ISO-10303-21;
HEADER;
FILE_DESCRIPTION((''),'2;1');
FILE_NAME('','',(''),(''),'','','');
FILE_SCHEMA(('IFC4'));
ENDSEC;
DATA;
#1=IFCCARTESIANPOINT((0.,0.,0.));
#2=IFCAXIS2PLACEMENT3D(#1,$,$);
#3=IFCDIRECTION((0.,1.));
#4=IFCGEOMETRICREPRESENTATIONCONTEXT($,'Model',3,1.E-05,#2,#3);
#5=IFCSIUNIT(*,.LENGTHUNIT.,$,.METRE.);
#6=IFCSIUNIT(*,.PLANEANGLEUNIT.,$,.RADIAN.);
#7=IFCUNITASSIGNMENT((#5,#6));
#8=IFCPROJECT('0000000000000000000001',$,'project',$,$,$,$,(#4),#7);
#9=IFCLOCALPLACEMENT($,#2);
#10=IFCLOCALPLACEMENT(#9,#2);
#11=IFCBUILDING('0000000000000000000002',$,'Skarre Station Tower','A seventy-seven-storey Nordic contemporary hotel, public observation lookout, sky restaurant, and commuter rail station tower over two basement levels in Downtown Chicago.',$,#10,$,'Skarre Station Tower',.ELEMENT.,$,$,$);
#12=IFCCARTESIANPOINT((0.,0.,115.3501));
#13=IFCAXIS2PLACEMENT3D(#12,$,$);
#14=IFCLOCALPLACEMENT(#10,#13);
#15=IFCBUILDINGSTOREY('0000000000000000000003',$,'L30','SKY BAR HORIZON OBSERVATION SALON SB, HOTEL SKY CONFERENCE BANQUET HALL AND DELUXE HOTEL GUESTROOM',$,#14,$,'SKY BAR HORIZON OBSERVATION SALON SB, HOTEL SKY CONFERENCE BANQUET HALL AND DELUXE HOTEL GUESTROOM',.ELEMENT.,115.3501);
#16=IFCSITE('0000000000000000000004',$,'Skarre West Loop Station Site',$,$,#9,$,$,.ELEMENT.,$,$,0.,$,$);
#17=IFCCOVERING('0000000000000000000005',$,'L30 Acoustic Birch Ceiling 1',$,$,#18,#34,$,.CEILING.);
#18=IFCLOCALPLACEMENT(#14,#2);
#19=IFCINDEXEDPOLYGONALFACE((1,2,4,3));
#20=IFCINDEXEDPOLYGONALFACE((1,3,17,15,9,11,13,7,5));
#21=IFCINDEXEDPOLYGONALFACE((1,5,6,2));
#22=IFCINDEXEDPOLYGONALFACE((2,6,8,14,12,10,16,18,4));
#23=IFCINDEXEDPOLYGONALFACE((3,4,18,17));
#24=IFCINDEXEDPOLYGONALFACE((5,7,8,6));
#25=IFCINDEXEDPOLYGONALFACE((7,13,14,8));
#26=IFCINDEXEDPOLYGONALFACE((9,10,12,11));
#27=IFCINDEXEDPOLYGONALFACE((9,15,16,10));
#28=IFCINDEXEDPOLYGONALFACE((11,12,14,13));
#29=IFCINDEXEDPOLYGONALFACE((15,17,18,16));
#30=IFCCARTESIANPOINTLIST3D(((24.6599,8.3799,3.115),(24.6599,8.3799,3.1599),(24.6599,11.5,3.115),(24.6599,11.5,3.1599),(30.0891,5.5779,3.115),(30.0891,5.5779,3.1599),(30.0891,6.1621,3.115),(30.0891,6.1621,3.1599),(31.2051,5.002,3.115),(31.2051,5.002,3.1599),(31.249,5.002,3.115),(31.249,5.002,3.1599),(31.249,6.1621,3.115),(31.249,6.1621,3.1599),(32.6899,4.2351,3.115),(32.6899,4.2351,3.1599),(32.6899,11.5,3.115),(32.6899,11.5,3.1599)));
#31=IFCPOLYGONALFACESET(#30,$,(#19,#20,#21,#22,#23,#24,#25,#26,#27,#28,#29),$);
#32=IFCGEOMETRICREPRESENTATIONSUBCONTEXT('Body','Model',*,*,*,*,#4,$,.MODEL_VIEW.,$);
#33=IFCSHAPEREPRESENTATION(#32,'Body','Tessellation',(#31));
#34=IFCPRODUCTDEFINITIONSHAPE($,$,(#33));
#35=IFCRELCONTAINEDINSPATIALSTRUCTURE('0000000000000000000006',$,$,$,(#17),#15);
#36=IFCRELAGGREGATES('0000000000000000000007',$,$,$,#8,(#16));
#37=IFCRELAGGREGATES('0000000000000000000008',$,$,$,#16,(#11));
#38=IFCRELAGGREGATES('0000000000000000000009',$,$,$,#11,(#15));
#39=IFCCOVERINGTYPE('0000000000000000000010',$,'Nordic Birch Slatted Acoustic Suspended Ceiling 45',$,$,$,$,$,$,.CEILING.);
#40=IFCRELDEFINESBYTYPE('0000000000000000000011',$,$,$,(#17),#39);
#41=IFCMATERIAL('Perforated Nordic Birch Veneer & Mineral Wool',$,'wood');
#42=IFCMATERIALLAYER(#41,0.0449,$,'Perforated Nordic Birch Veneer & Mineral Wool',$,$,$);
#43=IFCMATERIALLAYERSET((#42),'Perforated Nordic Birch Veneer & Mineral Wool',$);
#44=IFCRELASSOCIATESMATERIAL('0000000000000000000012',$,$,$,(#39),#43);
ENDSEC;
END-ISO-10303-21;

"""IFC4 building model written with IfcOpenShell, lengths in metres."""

from ifc_helpers import new_model, si_unit, direction, frame, origin, place, context, subcontext, project, spatial, polyline, outline, extrude, material, layer, layer_set, type_object, element, save


model = new_model("IFC4")

# Units and contexts
model_context = context("Model", 3, precision=1e-05, world=origin(), true_north=direction((0.0, 1.0)))
body_context = subcontext(model_context, "Body", "Model", "MODEL_VIEW")
ifc_project = project(units=[si_unit("LENGTHUNIT", "METRE"), si_unit("PLANEANGLEUNIT", "RADIAN")], contexts=[model_context])

# Site, building, storey
site_placement = place(None, origin())
site = spatial("IfcSite", under=ifc_project, at=site_placement, Name="Skarre West Loop Station Site", CompositionType="ELEMENT", RefElevation=0.0)
building_placement = place(site_placement, origin())
building = spatial("IfcBuilding", under=site, at=building_placement, Name="Skarre Station Tower", Description="A seventy-seven-storey Nordic contemporary hotel, public observation lookout, sky restaurant, and commuter rail station tower over two basement levels in Downtown Chicago.", LongName="Skarre Station Tower", CompositionType="ELEMENT")
storey_placement = place(building_placement, frame((0.0, 0.0, 115.3501)))
storey = spatial("IfcBuildingStorey", under=building, at=storey_placement, Name="L30", Description="SKY BAR HORIZON OBSERVATION SALON SB, HOTEL SKY CONFERENCE BANQUET HALL AND DELUXE HOTEL GUESTROOM", LongName="SKY BAR HORIZON OBSERVATION SALON SB, HOTEL SKY CONFERENCE BANQUET HALL AND DELUXE HOTEL GUESTROOM", CompositionType="ELEMENT", Elevation=115.3501)

# Covering
ifc_material_1 = material(Name="Perforated Nordic Birch Veneer & Mineral Wool", Category="wood")
ifc_layer_1 = layer(ifc_material_1, 0.0449, Name="Perforated Nordic Birch Veneer & Mineral Wool")
ifc_layer_set_1 = layer_set([ifc_layer_1], Name="Perforated Nordic Birch Veneer & Mineral Wool")
covering_type_1 = type_object("IfcCoveringType", Name="Nordic Birch Slatted Acoustic Suspended Ceiling 45", PredefinedType="CEILING", material=ifc_layer_set_1)
covering_1_placement = place(storey_placement, frame((0.0, 0.0, 3.115)))
element("IfcCovering", 1, at=covering_1_placement, inside=storey, type_object=covering_type_1, Name="L30 Acoustic Birch Ceiling 1", PredefinedType="CEILING", context=body_context, shape_type="SweptSolid", body=[
    extrude(outline(polyline([(24.6599, 8.3799), (30.0891, 5.5779), (30.0891, 6.1621), (31.249, 6.1621), (31.249, 5.002), (31.2051, 5.002), (32.6899, 4.2351), (32.6899, 11.5), (24.6599, 11.5), (24.6599, 8.3799)])), origin(), (0.0, 0.0, 1.0), 0.0449),
])

save(model, "model.ifc")
